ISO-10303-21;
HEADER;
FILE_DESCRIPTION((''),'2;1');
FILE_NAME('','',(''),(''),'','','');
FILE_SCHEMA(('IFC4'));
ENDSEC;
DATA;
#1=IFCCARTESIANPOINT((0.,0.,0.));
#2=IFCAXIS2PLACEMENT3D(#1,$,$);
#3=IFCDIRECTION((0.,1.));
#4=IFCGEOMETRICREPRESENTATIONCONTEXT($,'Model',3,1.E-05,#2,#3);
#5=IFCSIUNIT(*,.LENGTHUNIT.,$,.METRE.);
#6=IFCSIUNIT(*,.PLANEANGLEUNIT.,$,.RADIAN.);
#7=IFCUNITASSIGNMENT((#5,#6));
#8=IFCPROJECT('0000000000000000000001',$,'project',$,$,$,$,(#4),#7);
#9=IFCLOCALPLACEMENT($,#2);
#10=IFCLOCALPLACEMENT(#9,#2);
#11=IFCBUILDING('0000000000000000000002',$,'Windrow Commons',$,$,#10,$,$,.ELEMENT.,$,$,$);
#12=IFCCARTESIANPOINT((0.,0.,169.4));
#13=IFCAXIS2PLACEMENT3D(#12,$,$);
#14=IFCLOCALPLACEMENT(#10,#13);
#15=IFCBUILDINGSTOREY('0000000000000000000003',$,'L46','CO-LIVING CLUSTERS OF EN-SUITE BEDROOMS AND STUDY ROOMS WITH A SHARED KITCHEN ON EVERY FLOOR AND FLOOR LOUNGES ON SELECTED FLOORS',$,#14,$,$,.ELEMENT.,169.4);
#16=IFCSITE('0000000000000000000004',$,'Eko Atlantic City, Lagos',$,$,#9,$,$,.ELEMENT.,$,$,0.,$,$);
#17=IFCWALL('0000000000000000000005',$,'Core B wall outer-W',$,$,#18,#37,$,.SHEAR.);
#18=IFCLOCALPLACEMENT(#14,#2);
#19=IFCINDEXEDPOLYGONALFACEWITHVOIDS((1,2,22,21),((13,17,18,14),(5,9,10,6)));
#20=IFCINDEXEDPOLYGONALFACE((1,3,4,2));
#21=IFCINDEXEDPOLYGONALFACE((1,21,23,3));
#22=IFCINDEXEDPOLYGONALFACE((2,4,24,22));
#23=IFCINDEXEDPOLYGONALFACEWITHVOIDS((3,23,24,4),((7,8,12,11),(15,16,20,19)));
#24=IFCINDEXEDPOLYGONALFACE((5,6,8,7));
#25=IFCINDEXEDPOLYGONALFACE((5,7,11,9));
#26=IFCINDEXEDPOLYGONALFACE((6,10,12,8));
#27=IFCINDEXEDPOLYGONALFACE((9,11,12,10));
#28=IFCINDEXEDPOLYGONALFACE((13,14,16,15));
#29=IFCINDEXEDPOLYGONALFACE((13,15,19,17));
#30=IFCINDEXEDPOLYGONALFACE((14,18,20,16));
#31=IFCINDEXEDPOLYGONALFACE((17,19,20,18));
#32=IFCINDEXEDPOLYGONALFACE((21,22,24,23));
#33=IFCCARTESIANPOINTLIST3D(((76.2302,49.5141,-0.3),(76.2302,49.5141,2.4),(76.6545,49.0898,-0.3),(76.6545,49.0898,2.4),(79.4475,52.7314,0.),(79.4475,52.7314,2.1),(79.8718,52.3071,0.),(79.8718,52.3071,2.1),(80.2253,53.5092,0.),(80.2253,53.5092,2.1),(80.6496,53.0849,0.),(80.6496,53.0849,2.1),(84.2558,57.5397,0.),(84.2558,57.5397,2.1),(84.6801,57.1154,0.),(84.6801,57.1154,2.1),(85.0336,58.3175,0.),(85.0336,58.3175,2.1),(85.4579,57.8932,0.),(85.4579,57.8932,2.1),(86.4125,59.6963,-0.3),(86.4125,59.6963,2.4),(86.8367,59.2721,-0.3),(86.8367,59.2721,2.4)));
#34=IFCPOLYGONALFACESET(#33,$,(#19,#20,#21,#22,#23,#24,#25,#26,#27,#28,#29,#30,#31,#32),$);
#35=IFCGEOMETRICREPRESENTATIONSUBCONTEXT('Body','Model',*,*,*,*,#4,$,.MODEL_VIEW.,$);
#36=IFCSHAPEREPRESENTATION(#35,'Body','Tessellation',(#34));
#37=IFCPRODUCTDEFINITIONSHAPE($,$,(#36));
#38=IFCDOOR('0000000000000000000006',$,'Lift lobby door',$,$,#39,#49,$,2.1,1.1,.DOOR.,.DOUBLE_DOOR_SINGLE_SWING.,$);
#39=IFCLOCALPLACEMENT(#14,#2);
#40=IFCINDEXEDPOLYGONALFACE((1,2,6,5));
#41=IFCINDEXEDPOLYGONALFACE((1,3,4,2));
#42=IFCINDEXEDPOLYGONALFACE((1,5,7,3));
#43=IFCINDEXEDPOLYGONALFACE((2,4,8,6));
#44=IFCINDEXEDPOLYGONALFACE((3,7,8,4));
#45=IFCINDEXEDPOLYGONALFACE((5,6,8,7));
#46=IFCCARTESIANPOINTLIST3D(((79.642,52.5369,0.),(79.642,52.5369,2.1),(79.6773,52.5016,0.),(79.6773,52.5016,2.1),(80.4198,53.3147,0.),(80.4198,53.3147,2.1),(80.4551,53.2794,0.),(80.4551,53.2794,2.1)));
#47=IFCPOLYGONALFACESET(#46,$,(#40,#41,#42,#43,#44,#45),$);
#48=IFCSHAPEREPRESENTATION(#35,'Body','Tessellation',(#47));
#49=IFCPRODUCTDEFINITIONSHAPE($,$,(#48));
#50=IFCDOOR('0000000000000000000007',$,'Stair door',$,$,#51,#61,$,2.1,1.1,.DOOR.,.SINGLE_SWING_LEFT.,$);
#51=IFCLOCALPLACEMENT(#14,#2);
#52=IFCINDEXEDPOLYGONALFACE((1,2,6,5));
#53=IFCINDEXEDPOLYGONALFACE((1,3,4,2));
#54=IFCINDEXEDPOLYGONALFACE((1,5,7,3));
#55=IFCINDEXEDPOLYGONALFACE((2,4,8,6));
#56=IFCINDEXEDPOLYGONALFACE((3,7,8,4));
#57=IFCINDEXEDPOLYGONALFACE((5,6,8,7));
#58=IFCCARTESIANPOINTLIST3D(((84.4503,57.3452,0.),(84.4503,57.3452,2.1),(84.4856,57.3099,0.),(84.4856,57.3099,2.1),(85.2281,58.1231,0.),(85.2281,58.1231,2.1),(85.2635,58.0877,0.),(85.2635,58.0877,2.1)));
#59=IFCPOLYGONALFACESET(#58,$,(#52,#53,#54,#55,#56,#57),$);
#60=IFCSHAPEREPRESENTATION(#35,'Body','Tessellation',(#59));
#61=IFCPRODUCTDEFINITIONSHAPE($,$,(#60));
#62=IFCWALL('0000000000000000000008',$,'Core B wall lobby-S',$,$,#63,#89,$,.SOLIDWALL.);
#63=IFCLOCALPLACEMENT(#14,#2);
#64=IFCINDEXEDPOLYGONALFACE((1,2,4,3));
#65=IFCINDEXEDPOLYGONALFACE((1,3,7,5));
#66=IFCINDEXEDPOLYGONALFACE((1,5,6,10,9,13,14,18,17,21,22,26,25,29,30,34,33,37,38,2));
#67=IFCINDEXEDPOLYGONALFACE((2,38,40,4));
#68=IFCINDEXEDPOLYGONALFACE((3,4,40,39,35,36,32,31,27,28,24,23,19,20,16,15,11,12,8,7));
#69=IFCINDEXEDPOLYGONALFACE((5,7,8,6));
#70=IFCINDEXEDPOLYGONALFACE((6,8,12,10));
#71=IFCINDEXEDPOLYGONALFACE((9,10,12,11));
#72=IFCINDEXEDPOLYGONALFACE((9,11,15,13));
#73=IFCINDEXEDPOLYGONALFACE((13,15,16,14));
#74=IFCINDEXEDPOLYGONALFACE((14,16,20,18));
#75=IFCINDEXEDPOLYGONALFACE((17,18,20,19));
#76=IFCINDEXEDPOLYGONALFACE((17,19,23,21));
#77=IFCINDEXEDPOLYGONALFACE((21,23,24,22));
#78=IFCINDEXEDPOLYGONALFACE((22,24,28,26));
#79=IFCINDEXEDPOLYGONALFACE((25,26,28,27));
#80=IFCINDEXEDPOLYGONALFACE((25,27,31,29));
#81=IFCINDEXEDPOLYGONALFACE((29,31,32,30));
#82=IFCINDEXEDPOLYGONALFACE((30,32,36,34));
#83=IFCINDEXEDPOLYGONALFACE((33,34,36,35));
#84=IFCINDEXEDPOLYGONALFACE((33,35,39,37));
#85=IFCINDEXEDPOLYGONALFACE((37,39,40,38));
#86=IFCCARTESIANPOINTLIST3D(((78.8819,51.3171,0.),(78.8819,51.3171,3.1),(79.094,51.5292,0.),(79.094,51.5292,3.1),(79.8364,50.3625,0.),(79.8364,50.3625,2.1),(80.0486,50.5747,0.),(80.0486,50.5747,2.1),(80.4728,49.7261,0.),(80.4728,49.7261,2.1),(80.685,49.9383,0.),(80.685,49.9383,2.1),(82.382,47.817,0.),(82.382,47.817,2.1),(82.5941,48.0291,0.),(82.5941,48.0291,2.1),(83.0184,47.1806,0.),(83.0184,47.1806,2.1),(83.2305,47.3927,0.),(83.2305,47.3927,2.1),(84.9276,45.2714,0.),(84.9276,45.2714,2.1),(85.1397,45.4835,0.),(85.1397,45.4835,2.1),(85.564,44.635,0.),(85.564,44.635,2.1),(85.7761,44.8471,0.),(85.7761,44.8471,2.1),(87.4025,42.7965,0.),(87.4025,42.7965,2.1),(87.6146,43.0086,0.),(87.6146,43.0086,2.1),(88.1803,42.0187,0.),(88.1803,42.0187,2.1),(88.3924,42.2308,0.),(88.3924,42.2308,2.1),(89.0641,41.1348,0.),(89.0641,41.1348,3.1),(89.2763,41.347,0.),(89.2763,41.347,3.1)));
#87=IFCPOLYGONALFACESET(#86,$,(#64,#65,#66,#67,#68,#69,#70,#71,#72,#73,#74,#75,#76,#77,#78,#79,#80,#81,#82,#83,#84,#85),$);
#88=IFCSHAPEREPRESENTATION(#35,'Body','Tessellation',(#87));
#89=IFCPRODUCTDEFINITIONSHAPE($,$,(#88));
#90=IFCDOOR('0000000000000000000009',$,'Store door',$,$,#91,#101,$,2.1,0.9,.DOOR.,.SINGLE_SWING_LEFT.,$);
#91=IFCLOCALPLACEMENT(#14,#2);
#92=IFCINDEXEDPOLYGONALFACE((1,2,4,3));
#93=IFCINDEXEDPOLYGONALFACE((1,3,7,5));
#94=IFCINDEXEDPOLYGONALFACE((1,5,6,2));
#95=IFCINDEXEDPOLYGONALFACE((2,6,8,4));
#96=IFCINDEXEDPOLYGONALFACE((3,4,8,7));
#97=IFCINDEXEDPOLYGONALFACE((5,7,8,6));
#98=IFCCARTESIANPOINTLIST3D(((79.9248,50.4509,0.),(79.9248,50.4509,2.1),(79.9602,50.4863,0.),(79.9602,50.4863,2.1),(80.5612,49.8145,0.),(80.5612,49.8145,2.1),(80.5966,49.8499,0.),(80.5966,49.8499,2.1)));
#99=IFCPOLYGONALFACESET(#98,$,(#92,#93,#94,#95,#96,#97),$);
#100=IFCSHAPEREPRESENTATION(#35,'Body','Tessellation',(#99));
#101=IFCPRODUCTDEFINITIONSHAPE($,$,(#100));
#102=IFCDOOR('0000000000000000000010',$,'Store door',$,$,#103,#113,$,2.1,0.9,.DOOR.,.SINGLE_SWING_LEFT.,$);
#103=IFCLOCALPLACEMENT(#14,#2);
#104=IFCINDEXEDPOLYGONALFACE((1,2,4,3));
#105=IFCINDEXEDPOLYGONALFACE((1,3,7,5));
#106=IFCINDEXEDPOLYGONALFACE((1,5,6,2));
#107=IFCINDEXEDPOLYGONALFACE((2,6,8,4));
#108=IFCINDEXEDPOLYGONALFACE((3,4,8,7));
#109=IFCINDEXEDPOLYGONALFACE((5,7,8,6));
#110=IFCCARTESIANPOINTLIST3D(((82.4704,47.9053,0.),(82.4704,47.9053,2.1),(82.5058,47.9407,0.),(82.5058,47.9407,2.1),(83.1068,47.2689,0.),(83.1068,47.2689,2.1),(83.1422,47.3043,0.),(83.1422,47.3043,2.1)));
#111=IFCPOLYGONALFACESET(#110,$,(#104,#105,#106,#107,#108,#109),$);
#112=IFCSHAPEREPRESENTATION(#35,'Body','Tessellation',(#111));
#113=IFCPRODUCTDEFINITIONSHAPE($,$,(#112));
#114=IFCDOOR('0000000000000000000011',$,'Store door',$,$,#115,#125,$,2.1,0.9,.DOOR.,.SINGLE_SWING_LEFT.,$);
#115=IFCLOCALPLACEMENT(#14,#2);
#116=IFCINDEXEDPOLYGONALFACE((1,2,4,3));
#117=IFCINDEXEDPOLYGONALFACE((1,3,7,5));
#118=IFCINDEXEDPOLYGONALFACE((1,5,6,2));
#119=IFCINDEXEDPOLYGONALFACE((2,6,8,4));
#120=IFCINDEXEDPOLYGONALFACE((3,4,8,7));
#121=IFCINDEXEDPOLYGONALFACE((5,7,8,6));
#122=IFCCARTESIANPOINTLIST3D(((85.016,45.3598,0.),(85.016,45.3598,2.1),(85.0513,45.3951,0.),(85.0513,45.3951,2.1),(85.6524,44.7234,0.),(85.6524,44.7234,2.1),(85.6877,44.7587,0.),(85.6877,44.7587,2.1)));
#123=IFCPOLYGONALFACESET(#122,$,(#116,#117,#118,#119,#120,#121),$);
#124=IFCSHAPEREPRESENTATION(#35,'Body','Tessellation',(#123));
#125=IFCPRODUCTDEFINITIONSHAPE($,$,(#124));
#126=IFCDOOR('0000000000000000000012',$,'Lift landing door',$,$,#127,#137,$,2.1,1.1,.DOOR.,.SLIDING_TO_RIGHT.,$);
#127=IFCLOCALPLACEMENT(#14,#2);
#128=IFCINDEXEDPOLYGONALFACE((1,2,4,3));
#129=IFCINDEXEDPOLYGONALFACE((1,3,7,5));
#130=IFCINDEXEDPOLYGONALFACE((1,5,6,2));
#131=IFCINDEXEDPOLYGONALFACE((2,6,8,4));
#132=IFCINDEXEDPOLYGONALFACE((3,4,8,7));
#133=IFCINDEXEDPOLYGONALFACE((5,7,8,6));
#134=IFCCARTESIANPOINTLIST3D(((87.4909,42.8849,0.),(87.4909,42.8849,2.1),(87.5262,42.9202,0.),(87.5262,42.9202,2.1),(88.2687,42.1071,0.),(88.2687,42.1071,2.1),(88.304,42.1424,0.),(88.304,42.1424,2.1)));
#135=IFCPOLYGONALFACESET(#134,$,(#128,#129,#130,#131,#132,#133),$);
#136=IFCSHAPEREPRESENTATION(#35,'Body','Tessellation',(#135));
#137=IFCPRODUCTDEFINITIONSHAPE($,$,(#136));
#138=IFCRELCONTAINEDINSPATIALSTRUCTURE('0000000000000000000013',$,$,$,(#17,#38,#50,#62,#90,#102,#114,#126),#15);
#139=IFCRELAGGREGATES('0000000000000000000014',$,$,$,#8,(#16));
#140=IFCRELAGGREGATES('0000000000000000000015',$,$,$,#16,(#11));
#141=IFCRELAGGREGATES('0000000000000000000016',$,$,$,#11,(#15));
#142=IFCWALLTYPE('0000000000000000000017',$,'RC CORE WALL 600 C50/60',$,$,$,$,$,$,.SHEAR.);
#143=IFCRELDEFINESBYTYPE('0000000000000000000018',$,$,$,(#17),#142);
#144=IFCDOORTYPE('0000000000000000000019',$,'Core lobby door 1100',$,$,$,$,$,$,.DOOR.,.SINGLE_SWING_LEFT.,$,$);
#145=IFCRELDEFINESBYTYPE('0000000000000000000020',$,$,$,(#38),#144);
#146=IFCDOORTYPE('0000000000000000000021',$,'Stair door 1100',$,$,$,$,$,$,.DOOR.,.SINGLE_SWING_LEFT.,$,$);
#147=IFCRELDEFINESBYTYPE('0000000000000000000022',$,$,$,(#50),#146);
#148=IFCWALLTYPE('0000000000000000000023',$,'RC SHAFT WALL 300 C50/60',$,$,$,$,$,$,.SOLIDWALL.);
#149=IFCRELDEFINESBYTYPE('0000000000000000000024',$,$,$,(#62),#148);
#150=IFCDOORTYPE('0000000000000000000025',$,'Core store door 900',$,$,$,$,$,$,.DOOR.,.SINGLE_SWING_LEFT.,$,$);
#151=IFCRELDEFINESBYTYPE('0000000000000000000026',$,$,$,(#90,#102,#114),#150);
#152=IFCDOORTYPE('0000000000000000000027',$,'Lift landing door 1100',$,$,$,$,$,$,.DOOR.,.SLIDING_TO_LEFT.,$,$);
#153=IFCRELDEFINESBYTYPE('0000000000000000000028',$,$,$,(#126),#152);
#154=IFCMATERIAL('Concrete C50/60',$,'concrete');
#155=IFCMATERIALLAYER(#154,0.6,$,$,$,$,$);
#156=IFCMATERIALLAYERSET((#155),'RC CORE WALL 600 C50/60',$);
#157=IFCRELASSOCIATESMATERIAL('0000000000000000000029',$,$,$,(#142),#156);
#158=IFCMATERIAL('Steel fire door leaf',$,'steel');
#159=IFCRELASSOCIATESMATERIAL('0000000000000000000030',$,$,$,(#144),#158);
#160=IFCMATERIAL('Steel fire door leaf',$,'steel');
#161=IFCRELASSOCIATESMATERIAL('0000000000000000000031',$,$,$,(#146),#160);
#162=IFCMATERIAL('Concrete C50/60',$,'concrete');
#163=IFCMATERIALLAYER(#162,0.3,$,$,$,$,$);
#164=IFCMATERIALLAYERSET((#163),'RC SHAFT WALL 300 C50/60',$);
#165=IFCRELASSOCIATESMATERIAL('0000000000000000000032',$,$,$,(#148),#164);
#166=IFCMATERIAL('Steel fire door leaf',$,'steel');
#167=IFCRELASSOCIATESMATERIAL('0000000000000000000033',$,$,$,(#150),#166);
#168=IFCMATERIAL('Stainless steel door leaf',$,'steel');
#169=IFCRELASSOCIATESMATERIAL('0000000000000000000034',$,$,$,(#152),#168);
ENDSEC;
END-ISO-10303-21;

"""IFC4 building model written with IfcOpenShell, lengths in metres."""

from ifc_helpers import new_model, si_unit, direction, frame, frame_2d, origin, place, context, subcontext, project, spatial, rectangle, extrude, material, layer, layer_set, type_object, element, fill, save


model = new_model("IFC4")

# Units and contexts
model_context = context("Model", 3, precision=1e-05, world=origin(), true_north=direction((0.0, 1.0)))
body_context = subcontext(model_context, "Body", "Model", "MODEL_VIEW")
ifc_project = project(units=[si_unit("LENGTHUNIT", "METRE"), si_unit("PLANEANGLEUNIT", "RADIAN")], contexts=[model_context])

# Site, building, storey
site_placement = place(None, origin())
site = spatial("IfcSite", under=ifc_project, at=site_placement, Name="Eko Atlantic City, Lagos", CompositionType="ELEMENT", RefElevation=0.0)
building_placement = place(site_placement, origin())
building = spatial("IfcBuilding", under=site, at=building_placement, Name="Windrow Commons", CompositionType="ELEMENT")
storey_placement = place(building_placement, frame((0.0, 0.0, 169.4)))
storey = spatial("IfcBuildingStorey", under=building, at=storey_placement, Name="L46", Description="CO-LIVING CLUSTERS OF EN-SUITE BEDROOMS AND STUDY ROOMS WITH A SHARED KITCHEN ON EVERY FLOOR AND FLOOR LOUNGES ON SELECTED FLOORS", CompositionType="ELEMENT", Elevation=169.4)

# Shared definitions
ifc_material_1 = material(Name="Concrete C50/60", Category="concrete")
ifc_layer_1 = layer(ifc_material_1, 0.6)
ifc_layer_set_1 = layer_set([ifc_layer_1], Name="RC CORE WALL 600 C50/60")
wall_type_1 = type_object("IfcWallType", Name="RC CORE WALL 600 C50/60", PredefinedType="SHEAR", material=ifc_layer_set_1)
ifc_material_2 = material(Name="Steel fire door leaf", Category="steel")
door_type_1 = type_object("IfcDoorType", Name="Core lobby door 1100", OperationType="SINGLE_SWING_LEFT", PredefinedType="DOOR", material=ifc_material_2)
ifc_material_3 = material(Name="Steel fire door leaf", Category="steel")
door_type_2 = type_object("IfcDoorType", Name="Stair door 1100", OperationType="SINGLE_SWING_LEFT", PredefinedType="DOOR", material=ifc_material_3)

# Walls, openings, doors
wall_1_placement = place(storey_placement, frame((76.4423, 49.3019, -0.3), z_axis=(0.0, 0.0, 1.0), x_axis=(0.707107, 0.707107, 0.0)))
wall_1 = element("IfcWall", 1, at=wall_1_placement, inside=storey, type_object=wall_type_1, Name="Core B wall outer-W", PredefinedType="SHEAR", context=body_context, shape_type="SweptSolid", body=[
    extrude(rectangle(XDim=14.3999, YDim=0.6, at=frame_2d((7.2, 0.0))), origin(), (0.0, 0.0, 1.0), 2.7),
])
opening_1_placement = place(wall_1_placement, frame((4.55, 0.0, 0.3)))
opening_1 = element("IfcOpeningElement", 2, at=opening_1_placement, cuts=wall_1, PredefinedType="OPENING", context=body_context, shape_type="SweptSolid", body=[
    extrude(rectangle(XDim=1.1, YDim=2.1, at=frame_2d((0.55, 1.05))), frame((0.0, 0.31, 0.0), z_axis=(0.0, -1.0, 0.0), x_axis=(1.0, 0.0, 0.0)), (0.0, 0.0, 1.0), 0.62),
])
opening_2_placement = place(wall_1_placement, frame((11.35, 0.0, 0.3)))
opening_2 = element("IfcOpeningElement", 3, at=opening_2_placement, cuts=wall_1, PredefinedType="OPENING", context=body_context, shape_type="SweptSolid", body=[
    extrude(rectangle(XDim=1.1, YDim=2.1, at=frame_2d((0.55, 1.05))), frame((0.0, 0.31, 0.0), z_axis=(0.0, -1.0, 0.0), x_axis=(1.0, 0.0, 0.0)), (0.0, 0.0, 1.0), 0.62),
])
door_1_placement = place(opening_1_placement, origin())
door_1 = element("IfcDoor", 4, at=door_1_placement, inside=storey, type_object=door_type_1, Name="Lift lobby door", OperationType="DOUBLE_DOOR_SINGLE_SWING", OverallHeight=2.1, OverallWidth=1.1, PredefinedType="DOOR", context=body_context, shape_type="SweptSolid", body=[
    extrude(rectangle(XDim=1.1, YDim=2.1, at=frame_2d((0.55, 1.05))), frame((0.0, 0.025, 0.0), z_axis=(0.0, -1.0, 0.0), x_axis=(1.0, 0.0, 0.0)), (0.0, 0.0, 1.0), 0.05),
])
fill(opening_1, door_1)
door_2_placement = place(opening_2_placement, origin())
door_2 = element("IfcDoor", 5, at=door_2_placement, inside=storey, type_object=door_type_2, Name="Stair door", OperationType="SINGLE_SWING_LEFT", OverallHeight=2.1, OverallWidth=1.1, PredefinedType="DOOR", context=body_context, shape_type="SweptSolid", body=[
    extrude(rectangle(XDim=1.1, YDim=2.1, at=frame_2d((0.55, 1.05))), frame((0.0, 0.025, 0.0), z_axis=(0.0, -1.0, 0.0), x_axis=(1.0, 0.0, 0.0)), (0.0, 0.0, 1.0), 0.05),
])
fill(opening_2, door_2)
ifc_material_4 = material(Name="Concrete C50/60", Category="concrete")
ifc_layer_2 = layer(ifc_material_4, 0.3)
ifc_layer_set_2 = layer_set([ifc_layer_2], Name="RC SHAFT WALL 300 C50/60")
wall_type_2 = type_object("IfcWallType", Name="RC SHAFT WALL 300 C50/60", PredefinedType="SOLIDWALL", material=ifc_layer_set_2)
wall_2_placement = place(storey_placement, frame((78.9879, 51.4232, 0.0), z_axis=(0.0, 0.0, 1.0), x_axis=(0.707107, -0.707107, 0.0)))
wall_2 = element("IfcWall", 6, at=wall_2_placement, inside=storey, type_object=wall_type_2, Name="Core B wall lobby-S", PredefinedType="SOLIDWALL", context=body_context, shape_type="SweptSolid", body=[
    extrude(rectangle(XDim=14.3999, YDim=0.3, at=frame_2d((7.2, 0.0))), origin(), (0.0, 0.0, 1.0), 3.1),
])
opening_3_placement = place(wall_2_placement, frame((1.35, 0.0, 0.0)))
opening_3 = element("IfcOpeningElement", 7, at=opening_3_placement, cuts=wall_2, PredefinedType="OPENING", context=body_context, shape_type="SweptSolid", body=[
    extrude(rectangle(XDim=0.9, YDim=2.1, at=frame_2d((0.45, 1.05))), frame((0.0, 0.16, 0.0), z_axis=(0.0, -1.0, 0.0), x_axis=(1.0, 0.0, 0.0)), (0.0, 0.0, 1.0), 0.32),
])
opening_4_placement = place(wall_2_placement, frame((4.95, 0.0, 0.0)))
opening_4 = element("IfcOpeningElement", 8, at=opening_4_placement, cuts=wall_2, PredefinedType="OPENING", context=body_context, shape_type="SweptSolid", body=[
    extrude(rectangle(XDim=0.9, YDim=2.1, at=frame_2d((0.45, 1.05))), frame((0.0, 0.16, 0.0), z_axis=(0.0, -1.0, 0.0), x_axis=(1.0, 0.0, 0.0)), (0.0, 0.0, 1.0), 0.32),
])
opening_5_placement = place(wall_2_placement, frame((8.55, 0.0, 0.0)))
opening_5 = element("IfcOpeningElement", 9, at=opening_5_placement, cuts=wall_2, PredefinedType="OPENING", context=body_context, shape_type="SweptSolid", body=[
    extrude(rectangle(XDim=0.9, YDim=2.1, at=frame_2d((0.45, 1.05))), frame((0.0, 0.16, 0.0), z_axis=(0.0, -1.0, 0.0), x_axis=(1.0, 0.0, 0.0)), (0.0, 0.0, 1.0), 0.32),
])
opening_6_placement = place(wall_2_placement, frame((12.05, 0.0, 0.0)))
opening_6 = element("IfcOpeningElement", 10, at=opening_6_placement, cuts=wall_2, PredefinedType="OPENING", context=body_context, shape_type="SweptSolid", body=[
    extrude(rectangle(XDim=1.1, YDim=2.1, at=frame_2d((0.55, 1.05))), frame((0.0, 0.16, 0.0), z_axis=(0.0, -1.0, 0.0), x_axis=(1.0, 0.0, 0.0)), (0.0, 0.0, 1.0), 0.32),
])
ifc_material_5 = material(Name="Steel fire door leaf", Category="steel")
door_type_3 = type_object("IfcDoorType", Name="Core store door 900", OperationType="SINGLE_SWING_LEFT", PredefinedType="DOOR", material=ifc_material_5)
door_3_placement = place(opening_3_placement, origin())
door_3 = element("IfcDoor", 11, at=door_3_placement, inside=storey, type_object=door_type_3, Name="Store door", OperationType="SINGLE_SWING_LEFT", OverallHeight=2.1, OverallWidth=0.9, PredefinedType="DOOR", context=body_context, shape_type="SweptSolid", body=[
    extrude(rectangle(XDim=0.9, YDim=2.1, at=frame_2d((0.45, 1.05))), frame((0.0, 0.025, 0.0), z_axis=(0.0, -1.0, 0.0), x_axis=(1.0, 0.0, 0.0)), (0.0, 0.0, 1.0), 0.05),
])
fill(opening_3, door_3)
door_4_placement = place(opening_4_placement, origin())
door_4 = element("IfcDoor", 12, at=door_4_placement, inside=storey, type_object=door_type_3, Name="Store door", OperationType="SINGLE_SWING_LEFT", OverallHeight=2.1, OverallWidth=0.9, PredefinedType="DOOR", context=body_context, shape_type="SweptSolid", body=[
    extrude(rectangle(XDim=0.9, YDim=2.1, at=frame_2d((0.45, 1.05))), frame((0.0, 0.025, 0.0), z_axis=(0.0, -1.0, 0.0), x_axis=(1.0, 0.0, 0.0)), (0.0, 0.0, 1.0), 0.05),
])
fill(opening_4, door_4)
door_5_placement = place(opening_5_placement, origin())
door_5 = element("IfcDoor", 13, at=door_5_placement, inside=storey, type_object=door_type_3, Name="Store door", OperationType="SINGLE_SWING_LEFT", OverallHeight=2.1, OverallWidth=0.9, PredefinedType="DOOR", context=body_context, shape_type="SweptSolid", body=[
    extrude(rectangle(XDim=0.9, YDim=2.1, at=frame_2d((0.45, 1.05))), frame((0.0, 0.025, 0.0), z_axis=(0.0, -1.0, 0.0), x_axis=(1.0, 0.0, 0.0)), (0.0, 0.0, 1.0), 0.05),
])
fill(opening_5, door_5)
ifc_material_6 = material(Name="Stainless steel door leaf", Category="steel")
door_type_4 = type_object("IfcDoorType", Name="Lift landing door 1100", OperationType="SLIDING_TO_LEFT", PredefinedType="DOOR", material=ifc_material_6)
door_6_placement = place(opening_6_placement, origin())
door_6 = element("IfcDoor", 14, at=door_6_placement, inside=storey, type_object=door_type_4, Name="Lift landing door", OperationType="SLIDING_TO_RIGHT", OverallHeight=2.1, OverallWidth=1.1, PredefinedType="DOOR", context=body_context, shape_type="SweptSolid", body=[
    extrude(rectangle(XDim=1.1, YDim=2.1, at=frame_2d((0.55, 1.05))), frame((0.0, 0.025, 0.0), z_axis=(0.0, -1.0, 0.0), x_axis=(1.0, 0.0, 0.0)), (0.0, 0.0, 1.0), 0.05),
])
fill(opening_6, door_6)

save(model, "model.ifc")
